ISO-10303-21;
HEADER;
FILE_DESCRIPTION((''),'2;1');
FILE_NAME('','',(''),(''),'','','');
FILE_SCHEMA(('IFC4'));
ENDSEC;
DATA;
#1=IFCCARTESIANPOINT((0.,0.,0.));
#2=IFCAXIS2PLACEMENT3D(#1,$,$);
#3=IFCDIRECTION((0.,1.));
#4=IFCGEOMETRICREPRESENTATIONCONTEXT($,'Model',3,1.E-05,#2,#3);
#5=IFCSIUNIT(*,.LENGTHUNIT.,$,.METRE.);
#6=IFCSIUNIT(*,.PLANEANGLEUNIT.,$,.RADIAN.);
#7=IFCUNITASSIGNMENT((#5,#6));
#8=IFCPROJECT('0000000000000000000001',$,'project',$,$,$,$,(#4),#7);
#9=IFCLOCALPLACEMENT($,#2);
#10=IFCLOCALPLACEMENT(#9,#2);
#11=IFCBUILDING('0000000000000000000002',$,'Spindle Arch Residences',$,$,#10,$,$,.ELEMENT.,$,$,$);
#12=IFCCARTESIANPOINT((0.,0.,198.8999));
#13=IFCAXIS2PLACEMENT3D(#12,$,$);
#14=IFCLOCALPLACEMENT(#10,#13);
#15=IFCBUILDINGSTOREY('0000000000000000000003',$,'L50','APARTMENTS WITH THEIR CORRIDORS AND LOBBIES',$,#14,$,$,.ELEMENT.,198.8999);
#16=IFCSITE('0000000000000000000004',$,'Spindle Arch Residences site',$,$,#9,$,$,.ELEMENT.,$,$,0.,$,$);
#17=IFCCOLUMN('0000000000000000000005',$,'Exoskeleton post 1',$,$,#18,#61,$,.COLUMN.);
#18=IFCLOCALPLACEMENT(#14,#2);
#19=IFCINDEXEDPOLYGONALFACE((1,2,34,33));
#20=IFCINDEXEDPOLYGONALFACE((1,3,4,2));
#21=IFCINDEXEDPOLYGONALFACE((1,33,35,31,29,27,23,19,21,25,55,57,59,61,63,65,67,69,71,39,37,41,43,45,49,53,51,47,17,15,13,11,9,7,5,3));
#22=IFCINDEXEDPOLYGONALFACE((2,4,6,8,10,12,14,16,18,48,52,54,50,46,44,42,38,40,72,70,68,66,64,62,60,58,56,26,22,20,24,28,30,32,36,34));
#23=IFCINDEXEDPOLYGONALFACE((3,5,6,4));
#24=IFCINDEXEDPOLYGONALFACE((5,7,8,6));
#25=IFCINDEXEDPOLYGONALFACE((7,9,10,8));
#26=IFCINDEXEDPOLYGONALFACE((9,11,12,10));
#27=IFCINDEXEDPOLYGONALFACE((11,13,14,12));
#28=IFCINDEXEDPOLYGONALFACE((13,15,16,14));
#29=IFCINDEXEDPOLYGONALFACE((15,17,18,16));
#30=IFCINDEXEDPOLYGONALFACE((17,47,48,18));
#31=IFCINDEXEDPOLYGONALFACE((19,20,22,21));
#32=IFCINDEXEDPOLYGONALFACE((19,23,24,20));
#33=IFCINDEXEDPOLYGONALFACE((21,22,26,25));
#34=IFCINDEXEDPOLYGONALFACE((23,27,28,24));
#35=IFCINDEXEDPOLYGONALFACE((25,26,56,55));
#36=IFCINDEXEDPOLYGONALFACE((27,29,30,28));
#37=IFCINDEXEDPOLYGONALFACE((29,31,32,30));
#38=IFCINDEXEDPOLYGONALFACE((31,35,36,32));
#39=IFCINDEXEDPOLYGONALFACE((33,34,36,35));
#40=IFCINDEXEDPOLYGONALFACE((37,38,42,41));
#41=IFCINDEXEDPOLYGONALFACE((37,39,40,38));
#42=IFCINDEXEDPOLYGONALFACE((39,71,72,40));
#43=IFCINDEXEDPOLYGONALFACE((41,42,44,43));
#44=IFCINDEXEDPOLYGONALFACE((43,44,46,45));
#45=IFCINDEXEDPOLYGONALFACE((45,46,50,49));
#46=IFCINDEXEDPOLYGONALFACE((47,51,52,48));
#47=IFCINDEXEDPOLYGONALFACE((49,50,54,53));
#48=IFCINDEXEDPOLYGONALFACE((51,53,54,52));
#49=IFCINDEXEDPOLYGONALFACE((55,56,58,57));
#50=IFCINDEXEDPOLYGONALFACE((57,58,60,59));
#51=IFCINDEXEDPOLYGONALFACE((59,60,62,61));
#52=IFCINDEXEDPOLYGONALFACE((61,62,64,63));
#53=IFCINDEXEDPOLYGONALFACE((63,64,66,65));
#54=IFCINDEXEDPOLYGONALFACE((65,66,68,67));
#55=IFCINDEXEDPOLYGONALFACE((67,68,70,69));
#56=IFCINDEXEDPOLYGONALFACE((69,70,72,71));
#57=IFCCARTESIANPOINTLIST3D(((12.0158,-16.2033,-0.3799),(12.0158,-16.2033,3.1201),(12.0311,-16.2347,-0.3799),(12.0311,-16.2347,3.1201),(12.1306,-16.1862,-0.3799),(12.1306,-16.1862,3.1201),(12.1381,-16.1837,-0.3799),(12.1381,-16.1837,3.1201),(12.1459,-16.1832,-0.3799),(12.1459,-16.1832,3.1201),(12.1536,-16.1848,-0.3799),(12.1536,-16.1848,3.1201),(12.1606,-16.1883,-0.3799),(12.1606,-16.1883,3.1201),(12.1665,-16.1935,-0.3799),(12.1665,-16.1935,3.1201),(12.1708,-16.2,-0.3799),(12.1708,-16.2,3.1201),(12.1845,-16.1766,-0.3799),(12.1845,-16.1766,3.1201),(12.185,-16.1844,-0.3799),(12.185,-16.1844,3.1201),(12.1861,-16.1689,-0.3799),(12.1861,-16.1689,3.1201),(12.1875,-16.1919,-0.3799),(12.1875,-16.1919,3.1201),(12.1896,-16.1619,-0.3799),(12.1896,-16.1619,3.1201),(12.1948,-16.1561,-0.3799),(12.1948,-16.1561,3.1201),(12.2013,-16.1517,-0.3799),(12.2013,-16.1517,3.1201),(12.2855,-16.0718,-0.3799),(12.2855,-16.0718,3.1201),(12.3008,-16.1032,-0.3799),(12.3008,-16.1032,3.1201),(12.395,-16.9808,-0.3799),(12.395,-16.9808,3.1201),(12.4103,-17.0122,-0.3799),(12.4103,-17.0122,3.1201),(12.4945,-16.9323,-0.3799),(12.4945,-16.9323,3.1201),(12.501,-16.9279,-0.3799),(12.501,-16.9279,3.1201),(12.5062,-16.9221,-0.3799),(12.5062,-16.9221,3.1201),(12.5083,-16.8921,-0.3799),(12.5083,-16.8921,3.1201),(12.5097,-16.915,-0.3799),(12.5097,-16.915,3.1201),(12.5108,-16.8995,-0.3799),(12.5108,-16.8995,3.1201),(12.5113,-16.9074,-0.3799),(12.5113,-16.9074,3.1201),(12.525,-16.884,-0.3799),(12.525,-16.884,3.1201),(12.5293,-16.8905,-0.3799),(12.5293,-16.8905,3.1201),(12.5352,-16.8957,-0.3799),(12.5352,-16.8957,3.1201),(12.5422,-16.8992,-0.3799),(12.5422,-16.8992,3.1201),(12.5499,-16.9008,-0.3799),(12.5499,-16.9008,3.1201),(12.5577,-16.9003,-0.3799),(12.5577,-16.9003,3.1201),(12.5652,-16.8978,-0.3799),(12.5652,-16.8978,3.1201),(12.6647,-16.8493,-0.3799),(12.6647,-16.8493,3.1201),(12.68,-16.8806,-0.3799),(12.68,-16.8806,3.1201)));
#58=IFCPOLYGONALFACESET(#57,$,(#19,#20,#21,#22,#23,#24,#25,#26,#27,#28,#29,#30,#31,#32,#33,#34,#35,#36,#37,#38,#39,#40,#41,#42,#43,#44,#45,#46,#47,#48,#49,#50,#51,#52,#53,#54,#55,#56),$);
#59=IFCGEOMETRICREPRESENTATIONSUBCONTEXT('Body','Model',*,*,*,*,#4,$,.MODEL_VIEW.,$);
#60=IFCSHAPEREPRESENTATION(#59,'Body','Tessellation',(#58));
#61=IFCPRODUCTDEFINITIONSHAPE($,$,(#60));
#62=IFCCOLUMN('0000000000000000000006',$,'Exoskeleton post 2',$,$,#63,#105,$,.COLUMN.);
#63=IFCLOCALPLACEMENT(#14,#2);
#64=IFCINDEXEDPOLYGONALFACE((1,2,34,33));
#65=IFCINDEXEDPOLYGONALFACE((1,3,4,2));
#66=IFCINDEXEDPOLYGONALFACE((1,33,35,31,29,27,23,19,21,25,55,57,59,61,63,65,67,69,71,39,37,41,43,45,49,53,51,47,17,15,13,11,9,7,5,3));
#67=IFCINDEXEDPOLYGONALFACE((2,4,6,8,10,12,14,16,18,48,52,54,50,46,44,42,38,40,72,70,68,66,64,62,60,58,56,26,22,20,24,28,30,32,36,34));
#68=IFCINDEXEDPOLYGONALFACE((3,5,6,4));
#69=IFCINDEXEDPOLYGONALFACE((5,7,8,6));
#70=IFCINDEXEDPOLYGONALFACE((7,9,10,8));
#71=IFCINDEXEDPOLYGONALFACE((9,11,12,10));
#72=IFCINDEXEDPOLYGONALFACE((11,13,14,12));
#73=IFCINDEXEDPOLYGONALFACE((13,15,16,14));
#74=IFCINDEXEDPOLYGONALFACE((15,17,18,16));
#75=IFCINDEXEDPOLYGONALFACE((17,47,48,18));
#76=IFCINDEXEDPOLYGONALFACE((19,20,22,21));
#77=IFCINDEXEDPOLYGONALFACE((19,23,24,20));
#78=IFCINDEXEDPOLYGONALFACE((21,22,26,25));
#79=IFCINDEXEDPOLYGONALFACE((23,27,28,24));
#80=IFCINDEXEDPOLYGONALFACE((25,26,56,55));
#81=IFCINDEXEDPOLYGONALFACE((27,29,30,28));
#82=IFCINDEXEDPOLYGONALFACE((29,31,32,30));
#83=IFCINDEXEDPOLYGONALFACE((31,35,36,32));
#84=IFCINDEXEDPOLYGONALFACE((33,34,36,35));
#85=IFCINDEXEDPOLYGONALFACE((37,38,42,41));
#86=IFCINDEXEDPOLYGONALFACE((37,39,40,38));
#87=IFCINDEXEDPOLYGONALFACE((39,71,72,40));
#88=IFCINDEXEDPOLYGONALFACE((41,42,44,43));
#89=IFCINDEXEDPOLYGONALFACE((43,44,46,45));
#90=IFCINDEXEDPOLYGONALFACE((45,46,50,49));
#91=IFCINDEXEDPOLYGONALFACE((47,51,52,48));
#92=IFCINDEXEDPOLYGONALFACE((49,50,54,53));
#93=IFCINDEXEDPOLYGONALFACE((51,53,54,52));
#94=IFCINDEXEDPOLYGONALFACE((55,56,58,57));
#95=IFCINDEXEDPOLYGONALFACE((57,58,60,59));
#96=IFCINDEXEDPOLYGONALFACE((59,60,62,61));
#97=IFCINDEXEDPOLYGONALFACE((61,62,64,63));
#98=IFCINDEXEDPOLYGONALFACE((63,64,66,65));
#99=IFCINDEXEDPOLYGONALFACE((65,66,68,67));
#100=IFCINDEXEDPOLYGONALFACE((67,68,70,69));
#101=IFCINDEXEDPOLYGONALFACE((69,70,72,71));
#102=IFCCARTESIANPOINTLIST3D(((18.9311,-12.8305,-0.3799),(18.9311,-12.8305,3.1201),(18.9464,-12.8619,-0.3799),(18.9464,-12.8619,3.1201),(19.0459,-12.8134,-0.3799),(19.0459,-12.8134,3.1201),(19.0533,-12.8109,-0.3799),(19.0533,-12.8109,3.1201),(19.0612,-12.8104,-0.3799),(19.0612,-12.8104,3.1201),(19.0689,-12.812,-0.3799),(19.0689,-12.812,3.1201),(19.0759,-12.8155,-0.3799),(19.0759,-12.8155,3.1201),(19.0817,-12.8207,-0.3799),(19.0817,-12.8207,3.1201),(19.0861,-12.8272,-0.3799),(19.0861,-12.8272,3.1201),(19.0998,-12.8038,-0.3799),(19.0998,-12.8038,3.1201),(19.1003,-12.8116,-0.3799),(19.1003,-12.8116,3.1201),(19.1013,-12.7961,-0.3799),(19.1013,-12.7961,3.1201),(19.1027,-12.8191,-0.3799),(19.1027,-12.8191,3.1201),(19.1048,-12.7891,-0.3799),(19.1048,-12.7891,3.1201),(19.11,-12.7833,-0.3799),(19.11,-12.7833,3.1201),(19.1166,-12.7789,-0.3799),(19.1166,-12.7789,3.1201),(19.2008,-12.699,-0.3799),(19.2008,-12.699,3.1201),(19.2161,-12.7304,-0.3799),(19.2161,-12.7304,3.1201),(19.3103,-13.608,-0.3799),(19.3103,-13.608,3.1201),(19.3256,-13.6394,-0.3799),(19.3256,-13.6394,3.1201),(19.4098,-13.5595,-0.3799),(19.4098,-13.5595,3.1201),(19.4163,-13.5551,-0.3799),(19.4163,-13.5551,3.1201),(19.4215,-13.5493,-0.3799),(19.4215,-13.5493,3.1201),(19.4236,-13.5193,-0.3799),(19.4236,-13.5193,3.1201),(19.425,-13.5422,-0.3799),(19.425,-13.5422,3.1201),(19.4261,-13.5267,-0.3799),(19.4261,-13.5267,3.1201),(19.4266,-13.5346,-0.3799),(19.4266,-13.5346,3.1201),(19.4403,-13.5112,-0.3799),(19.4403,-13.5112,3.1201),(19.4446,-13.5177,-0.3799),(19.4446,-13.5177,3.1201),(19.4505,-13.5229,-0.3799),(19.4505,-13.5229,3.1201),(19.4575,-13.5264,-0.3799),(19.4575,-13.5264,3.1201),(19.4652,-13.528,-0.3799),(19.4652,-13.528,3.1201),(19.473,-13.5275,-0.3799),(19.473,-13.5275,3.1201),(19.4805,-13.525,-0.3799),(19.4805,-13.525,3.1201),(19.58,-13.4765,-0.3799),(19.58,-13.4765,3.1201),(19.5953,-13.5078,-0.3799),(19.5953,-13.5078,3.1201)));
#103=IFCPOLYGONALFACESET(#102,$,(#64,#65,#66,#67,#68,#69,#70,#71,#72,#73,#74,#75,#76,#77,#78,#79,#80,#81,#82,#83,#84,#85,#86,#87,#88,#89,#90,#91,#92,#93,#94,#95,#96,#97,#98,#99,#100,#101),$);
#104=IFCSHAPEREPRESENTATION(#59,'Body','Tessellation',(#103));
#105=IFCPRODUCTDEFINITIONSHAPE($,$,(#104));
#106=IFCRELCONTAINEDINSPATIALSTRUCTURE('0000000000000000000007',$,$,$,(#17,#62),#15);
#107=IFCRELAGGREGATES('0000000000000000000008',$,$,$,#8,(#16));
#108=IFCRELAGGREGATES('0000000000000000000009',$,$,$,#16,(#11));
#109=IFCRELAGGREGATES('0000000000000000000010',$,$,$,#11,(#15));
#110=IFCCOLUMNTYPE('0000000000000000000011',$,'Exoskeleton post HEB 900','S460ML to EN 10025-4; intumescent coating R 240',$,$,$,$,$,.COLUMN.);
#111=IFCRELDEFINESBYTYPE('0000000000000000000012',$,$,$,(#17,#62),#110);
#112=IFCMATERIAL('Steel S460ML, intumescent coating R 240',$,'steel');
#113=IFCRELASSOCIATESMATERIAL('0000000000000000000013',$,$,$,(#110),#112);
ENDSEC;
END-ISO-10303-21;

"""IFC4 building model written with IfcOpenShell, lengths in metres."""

from ifc_helpers import new_model, si_unit, direction, frame, origin, origin_2d, place, context, subcontext, project, spatial, i_section, extrude, material, material_profile, profile_set, type_object, element, save


model = new_model("IFC4")

# Units and contexts
model_context = context("Model", 3, precision=1e-05, world=origin(), true_north=direction((0.0, 1.0)))
body_context = subcontext(model_context, "Body", "Model", "MODEL_VIEW")
ifc_project = project(units=[si_unit("LENGTHUNIT", "METRE"), si_unit("PLANEANGLEUNIT", "RADIAN")], contexts=[model_context])

# Site, building, storey
site_placement = place(None, origin())
site = spatial("IfcSite", under=ifc_project, at=site_placement, Name="Spindle Arch Residences site", CompositionType="ELEMENT", RefElevation=0.0)
building_placement = place(site_placement, origin())
building = spatial("IfcBuilding", under=site, at=building_placement, Name="Spindle Arch Residences", CompositionType="ELEMENT")
storey_placement = place(building_placement, frame((0.0, 0.0, 198.8999)))
storey = spatial("IfcBuildingStorey", under=building, at=storey_placement, Name="L50", Description="APARTMENTS WITH THEIR CORRIDORS AND LOBBIES", CompositionType="ELEMENT", Elevation=198.8999)

# Columns
ifc_material_1 = material(Name="Steel S460ML, intumescent coating R 240", Category="steel")
ifc_material_profile_1 = material_profile(ifc_material_1, i_section(OverallWidth=0.3, OverallDepth=0.8999, WebThickness=0.0186, FlangeThickness=0.0349, FilletRadius=0.03, at=origin_2d()), Name="HEB 900")
ifc_profile_set_1 = profile_set([ifc_material_profile_1], Name="Steel S460ML, intumescent coating R 240")
column_type_1 = type_object("IfcColumnType", Name="Exoskeleton post HEB 900", Description="S460ML to EN 10025-4; intumescent coating R 240", PredefinedType="COLUMN", material=ifc_profile_set_1)
for number, where, z_axis, x_axis, name in (
    (1, (12.3479, -16.542, -0.3799), (0.0, 0.0, 1.0), (-0.898794, -0.438371, 0.0), "Exoskeleton post 1"),
    (2, (19.2632, -13.1692, -0.3799), (0.0, 0.0, 1.0), (-0.898794, -0.438371, 0.0), "Exoskeleton post 2"),
):
    element("IfcColumn", number, at=place(storey_placement, frame(where, z_axis=z_axis, x_axis=x_axis)), inside=storey, type_object=column_type_1, Name=name, PredefinedType="COLUMN", context=body_context, shape_type="SweptSolid", body=[
        extrude(i_section(OverallWidth=0.3, OverallDepth=0.8999, WebThickness=0.0186, FlangeThickness=0.0349, FilletRadius=0.03, at=origin_2d()), origin(), (0.0, 0.0, 1.0), 3.5),
    ])

save(model, "model.ifc")
